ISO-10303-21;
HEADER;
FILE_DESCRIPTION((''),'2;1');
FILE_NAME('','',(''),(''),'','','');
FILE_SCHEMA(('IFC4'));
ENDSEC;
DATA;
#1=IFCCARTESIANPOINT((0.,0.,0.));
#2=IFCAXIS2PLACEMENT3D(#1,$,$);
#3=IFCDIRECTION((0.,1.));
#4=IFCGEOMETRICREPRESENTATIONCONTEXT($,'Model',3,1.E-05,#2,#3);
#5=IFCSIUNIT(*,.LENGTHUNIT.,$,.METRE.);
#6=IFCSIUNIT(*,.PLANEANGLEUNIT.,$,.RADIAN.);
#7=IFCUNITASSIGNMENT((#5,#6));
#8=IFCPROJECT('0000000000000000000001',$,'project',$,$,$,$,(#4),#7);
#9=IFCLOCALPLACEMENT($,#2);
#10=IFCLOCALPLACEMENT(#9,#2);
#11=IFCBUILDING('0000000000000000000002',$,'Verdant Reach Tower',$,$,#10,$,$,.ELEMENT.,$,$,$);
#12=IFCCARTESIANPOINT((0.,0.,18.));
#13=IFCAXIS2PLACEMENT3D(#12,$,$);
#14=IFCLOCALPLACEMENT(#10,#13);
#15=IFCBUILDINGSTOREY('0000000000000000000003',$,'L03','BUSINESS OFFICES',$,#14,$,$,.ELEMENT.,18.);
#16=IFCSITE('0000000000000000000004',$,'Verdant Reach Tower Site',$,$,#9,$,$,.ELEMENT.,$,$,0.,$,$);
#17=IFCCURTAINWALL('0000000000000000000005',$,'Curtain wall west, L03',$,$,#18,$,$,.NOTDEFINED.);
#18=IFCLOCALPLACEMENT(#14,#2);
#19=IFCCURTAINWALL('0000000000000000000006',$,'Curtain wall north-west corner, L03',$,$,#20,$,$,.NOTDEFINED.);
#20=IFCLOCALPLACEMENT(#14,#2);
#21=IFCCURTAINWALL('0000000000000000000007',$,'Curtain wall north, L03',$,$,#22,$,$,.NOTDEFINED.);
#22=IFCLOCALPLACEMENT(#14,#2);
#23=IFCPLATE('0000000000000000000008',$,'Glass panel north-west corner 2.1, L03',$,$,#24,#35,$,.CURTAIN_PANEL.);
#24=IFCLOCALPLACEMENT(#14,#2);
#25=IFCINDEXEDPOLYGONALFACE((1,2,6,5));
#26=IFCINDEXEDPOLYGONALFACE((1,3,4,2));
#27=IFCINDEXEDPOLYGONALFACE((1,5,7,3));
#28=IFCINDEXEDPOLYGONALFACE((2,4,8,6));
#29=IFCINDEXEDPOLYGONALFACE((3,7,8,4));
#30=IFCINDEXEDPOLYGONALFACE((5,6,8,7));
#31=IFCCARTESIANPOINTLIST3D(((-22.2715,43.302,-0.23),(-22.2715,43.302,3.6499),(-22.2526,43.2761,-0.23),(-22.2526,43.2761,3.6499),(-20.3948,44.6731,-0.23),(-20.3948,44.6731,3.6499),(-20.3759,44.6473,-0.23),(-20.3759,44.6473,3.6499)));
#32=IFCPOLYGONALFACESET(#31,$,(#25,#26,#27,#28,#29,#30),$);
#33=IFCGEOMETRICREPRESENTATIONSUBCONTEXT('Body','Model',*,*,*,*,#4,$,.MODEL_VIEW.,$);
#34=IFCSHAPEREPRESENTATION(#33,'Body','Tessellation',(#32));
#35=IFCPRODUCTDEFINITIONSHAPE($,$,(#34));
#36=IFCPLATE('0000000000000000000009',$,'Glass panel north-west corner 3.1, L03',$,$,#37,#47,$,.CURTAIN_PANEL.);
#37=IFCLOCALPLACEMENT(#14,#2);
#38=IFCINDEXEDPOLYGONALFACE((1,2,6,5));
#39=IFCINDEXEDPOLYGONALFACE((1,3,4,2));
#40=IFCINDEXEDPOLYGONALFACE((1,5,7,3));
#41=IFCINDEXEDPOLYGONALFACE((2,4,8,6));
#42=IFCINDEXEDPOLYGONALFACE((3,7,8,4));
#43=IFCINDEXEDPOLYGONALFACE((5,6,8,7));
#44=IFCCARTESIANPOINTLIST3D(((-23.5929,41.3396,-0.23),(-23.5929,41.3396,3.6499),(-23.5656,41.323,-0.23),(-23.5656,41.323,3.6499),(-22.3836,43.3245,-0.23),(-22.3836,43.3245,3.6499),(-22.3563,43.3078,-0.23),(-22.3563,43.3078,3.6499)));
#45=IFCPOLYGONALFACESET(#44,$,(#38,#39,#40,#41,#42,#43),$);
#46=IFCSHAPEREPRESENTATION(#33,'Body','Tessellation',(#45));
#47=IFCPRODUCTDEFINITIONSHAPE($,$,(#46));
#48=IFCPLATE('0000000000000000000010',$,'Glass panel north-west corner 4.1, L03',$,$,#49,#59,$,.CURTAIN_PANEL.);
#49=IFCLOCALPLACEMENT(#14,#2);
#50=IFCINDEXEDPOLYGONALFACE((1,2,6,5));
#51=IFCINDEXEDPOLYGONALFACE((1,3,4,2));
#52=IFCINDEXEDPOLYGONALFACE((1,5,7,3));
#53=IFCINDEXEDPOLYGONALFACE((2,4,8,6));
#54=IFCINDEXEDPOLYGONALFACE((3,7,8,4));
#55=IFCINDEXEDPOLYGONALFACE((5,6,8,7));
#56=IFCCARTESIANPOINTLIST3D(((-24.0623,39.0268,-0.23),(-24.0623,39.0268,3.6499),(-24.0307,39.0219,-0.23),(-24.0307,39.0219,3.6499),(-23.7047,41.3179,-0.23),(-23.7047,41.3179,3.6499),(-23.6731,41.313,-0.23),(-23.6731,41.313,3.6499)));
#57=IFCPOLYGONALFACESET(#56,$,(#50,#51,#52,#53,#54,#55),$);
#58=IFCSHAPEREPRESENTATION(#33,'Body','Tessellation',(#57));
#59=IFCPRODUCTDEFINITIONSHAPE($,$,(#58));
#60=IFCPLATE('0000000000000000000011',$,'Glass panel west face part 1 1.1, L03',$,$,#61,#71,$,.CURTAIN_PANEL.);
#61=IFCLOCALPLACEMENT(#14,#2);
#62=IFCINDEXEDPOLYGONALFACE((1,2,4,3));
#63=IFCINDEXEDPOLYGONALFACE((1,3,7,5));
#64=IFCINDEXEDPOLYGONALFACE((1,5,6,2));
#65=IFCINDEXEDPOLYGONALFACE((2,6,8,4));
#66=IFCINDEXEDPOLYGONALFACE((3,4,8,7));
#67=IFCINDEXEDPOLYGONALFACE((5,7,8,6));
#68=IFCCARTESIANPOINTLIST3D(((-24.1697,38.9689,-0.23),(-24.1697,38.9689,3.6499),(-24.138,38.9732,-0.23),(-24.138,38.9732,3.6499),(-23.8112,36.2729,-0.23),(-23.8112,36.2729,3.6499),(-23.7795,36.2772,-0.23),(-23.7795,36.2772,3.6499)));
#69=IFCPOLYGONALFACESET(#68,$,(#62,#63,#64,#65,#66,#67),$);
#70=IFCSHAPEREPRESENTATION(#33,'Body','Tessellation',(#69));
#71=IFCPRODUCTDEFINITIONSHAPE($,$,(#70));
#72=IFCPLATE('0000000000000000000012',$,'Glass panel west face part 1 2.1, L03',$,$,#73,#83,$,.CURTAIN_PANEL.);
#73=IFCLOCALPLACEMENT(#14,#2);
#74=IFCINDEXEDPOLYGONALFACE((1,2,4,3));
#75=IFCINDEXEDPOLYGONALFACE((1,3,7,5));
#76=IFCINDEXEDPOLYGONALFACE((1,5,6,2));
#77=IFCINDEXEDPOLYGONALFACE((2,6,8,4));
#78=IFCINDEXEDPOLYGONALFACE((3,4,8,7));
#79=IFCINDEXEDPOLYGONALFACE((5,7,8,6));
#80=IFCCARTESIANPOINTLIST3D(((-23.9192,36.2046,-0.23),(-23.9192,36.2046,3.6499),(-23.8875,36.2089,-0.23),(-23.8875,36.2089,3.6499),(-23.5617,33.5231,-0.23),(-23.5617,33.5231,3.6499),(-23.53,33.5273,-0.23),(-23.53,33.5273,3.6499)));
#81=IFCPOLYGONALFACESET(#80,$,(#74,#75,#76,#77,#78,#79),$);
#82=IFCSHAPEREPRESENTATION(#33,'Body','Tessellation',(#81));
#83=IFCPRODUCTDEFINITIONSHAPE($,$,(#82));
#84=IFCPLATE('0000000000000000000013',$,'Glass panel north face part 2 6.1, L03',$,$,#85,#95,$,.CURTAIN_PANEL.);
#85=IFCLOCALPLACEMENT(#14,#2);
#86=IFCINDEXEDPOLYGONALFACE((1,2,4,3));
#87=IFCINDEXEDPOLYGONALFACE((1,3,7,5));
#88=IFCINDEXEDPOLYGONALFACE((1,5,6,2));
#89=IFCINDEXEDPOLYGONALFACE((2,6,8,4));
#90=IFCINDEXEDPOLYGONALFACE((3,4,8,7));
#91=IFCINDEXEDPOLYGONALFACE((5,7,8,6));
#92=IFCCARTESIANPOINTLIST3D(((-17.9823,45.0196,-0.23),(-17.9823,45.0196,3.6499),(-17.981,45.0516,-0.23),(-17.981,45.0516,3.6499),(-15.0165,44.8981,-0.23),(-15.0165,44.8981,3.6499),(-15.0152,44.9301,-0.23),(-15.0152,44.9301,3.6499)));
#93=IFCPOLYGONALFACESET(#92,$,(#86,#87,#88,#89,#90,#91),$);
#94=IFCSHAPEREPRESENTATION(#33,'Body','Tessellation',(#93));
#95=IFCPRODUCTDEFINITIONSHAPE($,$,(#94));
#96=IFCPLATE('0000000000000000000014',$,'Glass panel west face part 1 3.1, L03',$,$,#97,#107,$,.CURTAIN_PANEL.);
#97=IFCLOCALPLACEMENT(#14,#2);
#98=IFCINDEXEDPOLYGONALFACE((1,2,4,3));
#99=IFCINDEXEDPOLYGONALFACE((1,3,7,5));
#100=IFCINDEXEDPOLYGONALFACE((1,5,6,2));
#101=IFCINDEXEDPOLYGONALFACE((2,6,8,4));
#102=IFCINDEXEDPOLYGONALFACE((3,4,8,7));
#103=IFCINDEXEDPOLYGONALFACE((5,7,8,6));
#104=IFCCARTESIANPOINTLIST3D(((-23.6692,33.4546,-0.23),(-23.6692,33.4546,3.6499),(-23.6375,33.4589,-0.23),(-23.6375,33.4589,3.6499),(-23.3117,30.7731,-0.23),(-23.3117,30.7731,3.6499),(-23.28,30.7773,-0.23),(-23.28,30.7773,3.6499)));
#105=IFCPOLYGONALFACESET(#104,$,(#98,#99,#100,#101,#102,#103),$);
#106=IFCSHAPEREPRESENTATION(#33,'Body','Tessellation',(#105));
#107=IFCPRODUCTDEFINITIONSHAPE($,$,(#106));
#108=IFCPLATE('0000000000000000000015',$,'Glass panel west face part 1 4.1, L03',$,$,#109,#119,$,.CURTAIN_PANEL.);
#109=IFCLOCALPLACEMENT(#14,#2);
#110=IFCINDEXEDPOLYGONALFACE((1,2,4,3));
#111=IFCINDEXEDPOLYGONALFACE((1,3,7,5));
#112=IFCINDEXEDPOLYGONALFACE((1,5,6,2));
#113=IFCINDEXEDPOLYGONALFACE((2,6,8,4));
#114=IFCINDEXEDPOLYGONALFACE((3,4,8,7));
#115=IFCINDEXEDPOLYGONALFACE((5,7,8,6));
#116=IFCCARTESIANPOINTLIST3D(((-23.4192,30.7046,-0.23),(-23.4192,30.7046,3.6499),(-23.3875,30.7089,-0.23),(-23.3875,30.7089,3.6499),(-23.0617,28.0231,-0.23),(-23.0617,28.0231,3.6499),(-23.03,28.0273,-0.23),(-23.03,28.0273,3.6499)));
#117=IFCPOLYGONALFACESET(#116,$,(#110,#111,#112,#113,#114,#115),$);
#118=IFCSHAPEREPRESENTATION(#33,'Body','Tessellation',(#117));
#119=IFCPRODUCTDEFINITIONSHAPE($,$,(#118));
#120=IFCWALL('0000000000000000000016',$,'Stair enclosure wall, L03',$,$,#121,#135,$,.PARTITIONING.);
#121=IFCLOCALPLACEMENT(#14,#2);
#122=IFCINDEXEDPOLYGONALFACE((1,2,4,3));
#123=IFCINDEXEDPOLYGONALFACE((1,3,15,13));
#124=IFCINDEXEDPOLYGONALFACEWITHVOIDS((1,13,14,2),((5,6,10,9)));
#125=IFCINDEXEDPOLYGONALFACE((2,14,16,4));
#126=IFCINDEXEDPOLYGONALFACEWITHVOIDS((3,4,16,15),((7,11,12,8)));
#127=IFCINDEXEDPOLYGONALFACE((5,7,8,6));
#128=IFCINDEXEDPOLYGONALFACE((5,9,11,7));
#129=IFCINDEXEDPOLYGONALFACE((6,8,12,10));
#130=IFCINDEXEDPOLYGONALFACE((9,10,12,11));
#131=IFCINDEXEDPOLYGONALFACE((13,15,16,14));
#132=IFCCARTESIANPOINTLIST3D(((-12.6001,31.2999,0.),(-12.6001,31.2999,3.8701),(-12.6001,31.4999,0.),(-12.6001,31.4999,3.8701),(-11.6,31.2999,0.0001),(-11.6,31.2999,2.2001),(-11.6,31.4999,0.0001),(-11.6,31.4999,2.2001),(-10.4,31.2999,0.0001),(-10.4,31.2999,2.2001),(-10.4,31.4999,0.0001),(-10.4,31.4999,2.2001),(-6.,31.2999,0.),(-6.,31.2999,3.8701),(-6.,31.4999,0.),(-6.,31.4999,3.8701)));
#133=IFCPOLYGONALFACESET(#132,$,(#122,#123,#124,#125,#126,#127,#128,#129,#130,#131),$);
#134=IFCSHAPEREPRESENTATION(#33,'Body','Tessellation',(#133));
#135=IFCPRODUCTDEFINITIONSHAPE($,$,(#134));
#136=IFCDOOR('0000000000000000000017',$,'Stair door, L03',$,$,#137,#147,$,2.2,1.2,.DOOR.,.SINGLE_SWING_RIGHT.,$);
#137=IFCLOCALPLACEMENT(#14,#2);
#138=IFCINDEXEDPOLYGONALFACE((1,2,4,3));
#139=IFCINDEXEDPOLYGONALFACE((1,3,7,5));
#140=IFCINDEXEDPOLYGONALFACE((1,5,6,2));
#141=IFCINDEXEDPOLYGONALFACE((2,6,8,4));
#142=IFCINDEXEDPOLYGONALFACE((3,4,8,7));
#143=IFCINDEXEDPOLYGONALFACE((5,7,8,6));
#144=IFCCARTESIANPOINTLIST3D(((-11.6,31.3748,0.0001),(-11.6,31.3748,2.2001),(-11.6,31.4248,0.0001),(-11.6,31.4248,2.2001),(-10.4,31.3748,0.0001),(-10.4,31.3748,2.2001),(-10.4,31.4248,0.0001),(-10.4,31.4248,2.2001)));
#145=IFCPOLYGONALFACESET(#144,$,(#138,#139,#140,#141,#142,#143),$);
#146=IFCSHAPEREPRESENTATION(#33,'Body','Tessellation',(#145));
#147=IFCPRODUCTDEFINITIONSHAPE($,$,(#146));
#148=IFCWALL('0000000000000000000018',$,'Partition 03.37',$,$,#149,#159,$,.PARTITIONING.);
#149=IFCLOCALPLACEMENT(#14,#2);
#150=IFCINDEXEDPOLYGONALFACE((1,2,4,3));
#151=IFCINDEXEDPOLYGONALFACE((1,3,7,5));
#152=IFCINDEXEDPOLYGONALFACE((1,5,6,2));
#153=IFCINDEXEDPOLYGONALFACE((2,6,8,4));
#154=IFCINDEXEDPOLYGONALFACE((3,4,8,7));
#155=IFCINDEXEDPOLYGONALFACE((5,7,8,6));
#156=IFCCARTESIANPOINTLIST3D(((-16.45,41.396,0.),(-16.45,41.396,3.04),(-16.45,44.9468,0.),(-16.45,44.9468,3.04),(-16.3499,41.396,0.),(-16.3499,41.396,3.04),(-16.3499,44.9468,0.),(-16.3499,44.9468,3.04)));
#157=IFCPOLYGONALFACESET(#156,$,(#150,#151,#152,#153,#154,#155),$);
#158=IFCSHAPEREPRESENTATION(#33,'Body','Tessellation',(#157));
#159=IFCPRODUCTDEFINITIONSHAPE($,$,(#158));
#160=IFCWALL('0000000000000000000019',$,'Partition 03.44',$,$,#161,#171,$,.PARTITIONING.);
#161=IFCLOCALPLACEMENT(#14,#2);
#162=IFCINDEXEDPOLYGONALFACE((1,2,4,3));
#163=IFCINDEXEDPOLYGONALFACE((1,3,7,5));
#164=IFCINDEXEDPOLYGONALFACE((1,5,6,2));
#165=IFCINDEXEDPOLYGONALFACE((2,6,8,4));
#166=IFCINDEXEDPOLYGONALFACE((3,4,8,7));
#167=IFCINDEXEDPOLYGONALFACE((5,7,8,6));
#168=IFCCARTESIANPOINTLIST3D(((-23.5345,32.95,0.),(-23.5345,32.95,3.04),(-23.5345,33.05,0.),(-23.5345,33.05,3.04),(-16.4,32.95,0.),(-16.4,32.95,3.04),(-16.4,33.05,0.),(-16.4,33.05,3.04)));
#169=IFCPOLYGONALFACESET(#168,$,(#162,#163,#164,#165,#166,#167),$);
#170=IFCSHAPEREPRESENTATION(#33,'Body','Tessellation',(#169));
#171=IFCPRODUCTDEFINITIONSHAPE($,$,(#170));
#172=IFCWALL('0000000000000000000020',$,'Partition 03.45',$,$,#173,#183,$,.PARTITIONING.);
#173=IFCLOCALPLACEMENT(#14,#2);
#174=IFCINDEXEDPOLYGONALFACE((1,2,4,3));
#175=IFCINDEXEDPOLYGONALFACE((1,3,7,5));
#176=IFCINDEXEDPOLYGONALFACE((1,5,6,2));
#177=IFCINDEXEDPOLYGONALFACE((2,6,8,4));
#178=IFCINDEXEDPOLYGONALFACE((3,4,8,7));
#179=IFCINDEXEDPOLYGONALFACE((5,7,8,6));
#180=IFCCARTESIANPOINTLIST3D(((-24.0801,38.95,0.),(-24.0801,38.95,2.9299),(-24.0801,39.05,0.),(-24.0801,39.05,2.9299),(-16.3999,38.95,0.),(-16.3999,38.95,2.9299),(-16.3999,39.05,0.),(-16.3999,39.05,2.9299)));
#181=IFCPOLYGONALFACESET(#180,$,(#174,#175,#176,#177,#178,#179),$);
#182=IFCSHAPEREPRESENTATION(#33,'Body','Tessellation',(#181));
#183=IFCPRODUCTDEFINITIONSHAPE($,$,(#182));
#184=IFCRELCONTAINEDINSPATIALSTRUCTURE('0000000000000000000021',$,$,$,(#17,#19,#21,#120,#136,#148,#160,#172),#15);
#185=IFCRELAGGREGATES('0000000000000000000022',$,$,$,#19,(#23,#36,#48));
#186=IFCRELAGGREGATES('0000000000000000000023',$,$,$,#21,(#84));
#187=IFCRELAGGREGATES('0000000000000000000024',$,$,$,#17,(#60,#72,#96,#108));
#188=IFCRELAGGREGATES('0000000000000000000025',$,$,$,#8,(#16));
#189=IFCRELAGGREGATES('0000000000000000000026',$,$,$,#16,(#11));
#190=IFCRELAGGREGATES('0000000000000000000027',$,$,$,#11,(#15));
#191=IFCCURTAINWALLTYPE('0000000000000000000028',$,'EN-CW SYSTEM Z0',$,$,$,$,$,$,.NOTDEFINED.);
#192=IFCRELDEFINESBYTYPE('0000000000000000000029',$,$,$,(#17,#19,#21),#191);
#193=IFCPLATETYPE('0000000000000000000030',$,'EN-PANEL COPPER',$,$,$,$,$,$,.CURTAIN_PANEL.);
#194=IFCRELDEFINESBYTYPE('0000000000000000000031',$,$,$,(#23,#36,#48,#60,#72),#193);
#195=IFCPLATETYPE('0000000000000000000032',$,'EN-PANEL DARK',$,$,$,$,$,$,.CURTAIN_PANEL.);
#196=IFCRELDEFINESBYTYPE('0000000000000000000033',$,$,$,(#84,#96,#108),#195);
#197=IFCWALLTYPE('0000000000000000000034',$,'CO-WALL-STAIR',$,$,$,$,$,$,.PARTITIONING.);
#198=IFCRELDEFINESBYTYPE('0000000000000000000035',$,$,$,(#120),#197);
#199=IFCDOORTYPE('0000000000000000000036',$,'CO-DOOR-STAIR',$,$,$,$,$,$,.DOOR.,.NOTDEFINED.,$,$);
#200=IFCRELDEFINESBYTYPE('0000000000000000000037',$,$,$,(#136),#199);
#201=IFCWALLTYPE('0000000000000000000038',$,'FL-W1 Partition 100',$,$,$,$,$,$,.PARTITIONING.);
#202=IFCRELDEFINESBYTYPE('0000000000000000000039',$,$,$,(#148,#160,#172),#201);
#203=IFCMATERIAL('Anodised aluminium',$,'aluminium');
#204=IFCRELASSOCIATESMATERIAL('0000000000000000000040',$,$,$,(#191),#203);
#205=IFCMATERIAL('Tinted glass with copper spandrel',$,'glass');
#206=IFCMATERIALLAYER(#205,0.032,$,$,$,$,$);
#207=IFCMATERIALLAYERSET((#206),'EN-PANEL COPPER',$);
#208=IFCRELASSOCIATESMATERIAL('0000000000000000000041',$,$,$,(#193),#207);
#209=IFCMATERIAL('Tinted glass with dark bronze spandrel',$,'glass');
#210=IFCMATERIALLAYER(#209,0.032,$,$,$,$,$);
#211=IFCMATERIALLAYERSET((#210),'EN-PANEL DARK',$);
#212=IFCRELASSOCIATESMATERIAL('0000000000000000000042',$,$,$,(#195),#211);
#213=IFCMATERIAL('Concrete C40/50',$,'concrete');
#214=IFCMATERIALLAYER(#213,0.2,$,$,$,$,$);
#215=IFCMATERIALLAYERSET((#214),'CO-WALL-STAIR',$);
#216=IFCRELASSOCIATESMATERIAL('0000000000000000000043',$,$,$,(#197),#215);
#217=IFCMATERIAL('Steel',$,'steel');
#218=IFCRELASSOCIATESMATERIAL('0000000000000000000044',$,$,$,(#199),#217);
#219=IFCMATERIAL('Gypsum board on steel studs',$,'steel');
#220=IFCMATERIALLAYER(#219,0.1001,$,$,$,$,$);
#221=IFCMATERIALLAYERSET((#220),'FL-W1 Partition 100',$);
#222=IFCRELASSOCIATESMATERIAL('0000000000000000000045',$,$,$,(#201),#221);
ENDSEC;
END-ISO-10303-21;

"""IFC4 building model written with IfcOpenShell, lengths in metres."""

from ifc_helpers import new_model, si_unit, direction, frame, frame_2d, origin, origin_2d, place, context, subcontext, project, spatial, rectangle, extrude, material, layer, layer_set, type_object, element, fill, aggregate, save


model = new_model("IFC4")

# Units and contexts
model_context = context("Model", 3, precision=1e-05, world=origin(), true_north=direction((0.0, 1.0)))
body_context = subcontext(model_context, "Body", "Model", "MODEL_VIEW")
ifc_project = project(units=[si_unit("LENGTHUNIT", "METRE"), si_unit("PLANEANGLEUNIT", "RADIAN")], contexts=[model_context])

# Site, building, storey
site_placement = place(None, origin())
site = spatial("IfcSite", under=ifc_project, at=site_placement, Name="Verdant Reach Tower Site", CompositionType="ELEMENT", RefElevation=0.0)
building_placement = place(site_placement, origin())
building = spatial("IfcBuilding", under=site, at=building_placement, Name="Verdant Reach Tower", CompositionType="ELEMENT")
storey_placement = place(building_placement, frame((0.0, 0.0, 18.0)))
storey = spatial("IfcBuildingStorey", under=building, at=storey_placement, Name="L03", Description="BUSINESS OFFICES", CompositionType="ELEMENT", Elevation=18.0)

# Curtain wall
ifc_material_1 = material(Name="Anodised aluminium", Category="aluminium")
curtain_wall_type = type_object("IfcCurtainWallType", Name="EN-CW SYSTEM Z0", PredefinedType="NOTDEFINED", material=ifc_material_1)
curtain_wall_1_placement = place(storey_placement, origin())
curtain_wall_1 = element("IfcCurtainWall", 1, at=curtain_wall_1_placement, inside=storey, type_object=curtain_wall_type, Name="Curtain wall west, L03", PredefinedType="NOTDEFINED")

# Curtain wall
curtain_wall_2_placement = place(storey_placement, origin())
curtain_wall_2 = element("IfcCurtainWall", 2, at=curtain_wall_2_placement, inside=storey, type_object=curtain_wall_type, Name="Curtain wall north-west corner, L03", PredefinedType="NOTDEFINED")

# Curtain wall
curtain_wall_3_placement = place(storey_placement, origin())
curtain_wall_3 = element("IfcCurtainWall", 3, at=curtain_wall_3_placement, inside=storey, type_object=curtain_wall_type, Name="Curtain wall north, L03", PredefinedType="NOTDEFINED")
ifc_material_2 = material(Name="Tinted glass with copper spandrel", Category="glass")
ifc_layer_1 = layer(ifc_material_2, 0.032)
ifc_layer_set_1 = layer_set([ifc_layer_1], Name="EN-PANEL COPPER")
plate_type_1 = type_object("IfcPlateType", Name="EN-PANEL COPPER", PredefinedType="CURTAIN_PANEL", material=ifc_layer_set_1)

# Plates
plate_1_placement = place(storey_placement, frame((-21.3237, 43.9746, -0.23), z_axis=(0.0, 0.0, 1.0), x_axis=(-0.807457, -0.589927, 0.0)))
plate_1 = element("IfcPlate", 4, at=plate_1_placement, type_object=plate_type_1, Name="Glass panel north-west corner 2.1, L03", PredefinedType="CURTAIN_PANEL", context=body_context, shape_type="SweptSolid", body=[
    extrude(rectangle(XDim=2.3242, YDim=0.032, at=origin_2d()), origin(), (0.0, 0.0, 1.0), 3.8799),
])
plate_2_placement = place(storey_placement, frame((-22.9746, 42.3237, -0.23), z_axis=(0.0, 0.0, 1.0), x_axis=(-0.520292, -0.853989, 0.0)))
plate_2 = element("IfcPlate", 5, at=plate_2_placement, type_object=plate_type_1, Name="Glass panel north-west corner 3.1, L03", PredefinedType="CURTAIN_PANEL", context=body_context, shape_type="SweptSolid", body=[
    extrude(rectangle(XDim=2.3242, YDim=0.032, at=origin_2d()), origin(), (0.0, 0.0, 1.0), 3.8799),
])
plate_3_placement = place(storey_placement, frame((-23.8677, 40.1699, -0.23), z_axis=(0.0, 0.0, 1.0), x_axis=(-0.154211, -0.988038, 0.0)))
plate_3 = element("IfcPlate", 6, at=plate_3_placement, type_object=plate_type_1, Name="Glass panel north-west corner 4.1, L03", PredefinedType="CURTAIN_PANEL", context=body_context, shape_type="SweptSolid", body=[
    extrude(rectangle(XDim=2.3188, YDim=0.032, at=origin_2d()), origin(), (0.0, 0.0, 1.0), 3.8799),
])
aggregate(curtain_wall_2, [plate_1, plate_2, plate_3])
plate_4_placement = place(storey_placement, frame((-23.9746, 37.623, -0.23), z_axis=(0.0, 0.0, 1.0), x_axis=(0.131793, -0.991277, 0.0)))
plate_4 = element("IfcPlate", 7, at=plate_4_placement, type_object=plate_type_1, Name="Glass panel west face part 1 1.1, L03", PredefinedType="CURTAIN_PANEL", context=body_context, shape_type="SweptSolid", body=[
    extrude(rectangle(XDim=2.7197, YDim=0.032, at=origin_2d()), origin(), (0.0, 0.0, 1.0), 3.8799),
])
plate_5_placement = place(storey_placement, frame((-23.7246, 34.866, -0.23), z_axis=(0.0, 0.0, 1.0), x_axis=(0.13216, -0.991228, 0.0)))
plate_5 = element("IfcPlate", 8, at=plate_5_placement, type_object=plate_type_1, Name="Glass panel west face part 1 2.1, L03", PredefinedType="CURTAIN_PANEL", context=body_context, shape_type="SweptSolid", body=[
    extrude(rectangle(XDim=2.7053, YDim=0.032, at=origin_2d()), origin(), (0.0, 0.0, 1.0), 3.8799),
])
ifc_material_3 = material(Name="Tinted glass with dark bronze spandrel", Category="glass")
ifc_layer_2 = layer(ifc_material_3, 0.032)
ifc_layer_set_2 = layer_set([ifc_layer_2], Name="EN-PANEL DARK")
plate_type_2 = type_object("IfcPlateType", Name="EN-PANEL DARK", PredefinedType="CURTAIN_PANEL", material=ifc_layer_set_2)
plate_6_placement = place(storey_placement, frame((-16.4988, 44.9749, -0.23), z_axis=(0.0, 0.0, 1.0), x_axis=(-0.999162, 0.04092, 0.0)))
plate_6 = element("IfcPlate", 9, at=plate_6_placement, type_object=plate_type_2, Name="Glass panel north face part 2 6.1, L03", PredefinedType="CURTAIN_PANEL", context=body_context, shape_type="SweptSolid", body=[
    extrude(rectangle(XDim=2.9683, YDim=0.032, at=origin_2d()), origin(), (0.0, 0.0, 1.0), 3.8799),
])
aggregate(curtain_wall_3, [plate_6])
plate_7_placement = place(storey_placement, frame((-23.4746, 32.116, -0.23), z_axis=(0.0, 0.0, 1.0), x_axis=(0.13216, -0.991228, 0.0)))
plate_7 = element("IfcPlate", 10, at=plate_7_placement, type_object=plate_type_2, Name="Glass panel west face part 1 3.1, L03", PredefinedType="CURTAIN_PANEL", context=body_context, shape_type="SweptSolid", body=[
    extrude(rectangle(XDim=2.7053, YDim=0.032, at=origin_2d()), origin(), (0.0, 0.0, 1.0), 3.8799),
])
plate_8_placement = place(storey_placement, frame((-23.2246, 29.366, -0.23), z_axis=(0.0, 0.0, 1.0), x_axis=(0.13216, -0.991228, 0.0)))
plate_8 = element("IfcPlate", 11, at=plate_8_placement, type_object=plate_type_2, Name="Glass panel west face part 1 4.1, L03", PredefinedType="CURTAIN_PANEL", context=body_context, shape_type="SweptSolid", body=[
    extrude(rectangle(XDim=2.7053, YDim=0.032, at=origin_2d()), origin(), (0.0, 0.0, 1.0), 3.8799),
])
aggregate(curtain_wall_1, [plate_4, plate_5, plate_7, plate_8])

# Wall, opening, door
ifc_material_4 = material(Name="Concrete C40/50", Category="concrete")
ifc_layer_3 = layer(ifc_material_4, 0.2)
ifc_layer_set_3 = layer_set([ifc_layer_3], Name="CO-WALL-STAIR")
wall_type_1 = type_object("IfcWallType", Name="CO-WALL-STAIR", PredefinedType="PARTITIONING", material=ifc_layer_set_3)
wall_1_placement = place(storey_placement, frame((-12.6001, 31.3999, 0.0), z_axis=(0.0, 0.0, 1.0), x_axis=(1.0, 0.0, 0.0)))
wall_1 = element("IfcWall", 12, at=wall_1_placement, inside=storey, type_object=wall_type_1, Name="Stair enclosure wall, L03", PredefinedType="PARTITIONING", context=body_context, shape_type="SweptSolid", body=[
    extrude(rectangle(XDim=6.6001, YDim=0.2, at=frame_2d((3.3, 0.0))), origin(), (0.0, 0.0, 1.0), 3.8701),
])
opening_1_placement = place(wall_1_placement, frame((1.0, 0.0, 0.0)))
opening_1 = element("IfcOpeningElement", 13, at=opening_1_placement, cuts=wall_1, PredefinedType="OPENING", context=body_context, shape_type="SweptSolid", body=[
    extrude(rectangle(XDim=1.2, YDim=2.2, at=frame_2d((0.6001, 1.1001))), frame((0.0, 0.1099, 0.0), z_axis=(0.0, -1.0, 0.0), x_axis=(1.0, 0.0, 0.0)), (0.0, 0.0, 1.0), 0.22),
])
ifc_material_5 = material(Name="Steel", Category="steel")
door_type_1 = type_object("IfcDoorType", Name="CO-DOOR-STAIR", OperationType="NOTDEFINED", PredefinedType="DOOR", material=ifc_material_5)
door_1_placement = place(opening_1_placement, origin())
door_1 = element("IfcDoor", 14, at=door_1_placement, inside=storey, type_object=door_type_1, Name="Stair door, L03", OperationType="SINGLE_SWING_RIGHT", OverallHeight=2.2, OverallWidth=1.2, PredefinedType="DOOR", context=body_context, shape_type="SweptSolid", body=[
    extrude(rectangle(XDim=1.2, YDim=2.2, at=frame_2d((0.6001, 1.1001))), frame((0.0, 0.0249, 0.0), z_axis=(0.0, -1.0, 0.0), x_axis=(1.0, 0.0, 0.0)), (0.0, 0.0, 1.0), 0.05),
])
fill(opening_1, door_1)

# Walls
ifc_material_6 = material(Name="Gypsum board on steel studs", Category="steel")
ifc_layer_4 = layer(ifc_material_6, 0.1001)
ifc_layer_set_4 = layer_set([ifc_layer_4], Name="FL-W1 Partition 100")
wall_type_2 = type_object("IfcWallType", Name="FL-W1 Partition 100", PredefinedType="PARTITIONING", material=ifc_layer_set_4)
wall_2_placement = place(storey_placement, frame((-16.3999, 44.9468, 0.0), z_axis=(0.0, 0.0, 1.0), x_axis=(0.0, -1.0, 0.0)))
element("IfcWall", 15, at=wall_2_placement, inside=storey, type_object=wall_type_2, Name="Partition 03.37", PredefinedType="PARTITIONING", context=body_context, shape_type="SweptSolid", body=[
    extrude(rectangle(XDim=3.5508, YDim=0.1001, at=frame_2d((1.7754, 0.0))), origin(), (0.0, 0.0, 1.0), 3.04),
])
wall_3_placement = place(storey_placement, frame((-16.3999, 33.0, 0.0), z_axis=(0.0, 0.0, 1.0), x_axis=(-1.0, 0.0, 0.0)))
element("IfcWall", 16, at=wall_3_placement, inside=storey, type_object=wall_type_2, Name="Partition 03.44", PredefinedType="PARTITIONING", context=body_context, shape_type="SweptSolid", body=[
    extrude(rectangle(XDim=7.1345, YDim=0.1001, at=frame_2d((3.5674, 0.0))), origin(), (0.0, 0.0, 1.0), 3.04),
])
wall_4_placement = place(storey_placement, frame((-16.3999, 39.0, 0.0), z_axis=(0.0, 0.0, 1.0), x_axis=(-1.0, 0.0, 0.0)))
element("IfcWall", 17, at=wall_4_placement, inside=storey, type_object=wall_type_2, Name="Partition 03.45", PredefinedType="PARTITIONING", context=body_context, shape_type="SweptSolid", body=[
    extrude(rectangle(XDim=7.6802, YDim=0.1001, at=frame_2d((3.8401, 0.0))), origin(), (0.0, 0.0, 1.0), 2.9299),
])

save(model, "model.ifc")
